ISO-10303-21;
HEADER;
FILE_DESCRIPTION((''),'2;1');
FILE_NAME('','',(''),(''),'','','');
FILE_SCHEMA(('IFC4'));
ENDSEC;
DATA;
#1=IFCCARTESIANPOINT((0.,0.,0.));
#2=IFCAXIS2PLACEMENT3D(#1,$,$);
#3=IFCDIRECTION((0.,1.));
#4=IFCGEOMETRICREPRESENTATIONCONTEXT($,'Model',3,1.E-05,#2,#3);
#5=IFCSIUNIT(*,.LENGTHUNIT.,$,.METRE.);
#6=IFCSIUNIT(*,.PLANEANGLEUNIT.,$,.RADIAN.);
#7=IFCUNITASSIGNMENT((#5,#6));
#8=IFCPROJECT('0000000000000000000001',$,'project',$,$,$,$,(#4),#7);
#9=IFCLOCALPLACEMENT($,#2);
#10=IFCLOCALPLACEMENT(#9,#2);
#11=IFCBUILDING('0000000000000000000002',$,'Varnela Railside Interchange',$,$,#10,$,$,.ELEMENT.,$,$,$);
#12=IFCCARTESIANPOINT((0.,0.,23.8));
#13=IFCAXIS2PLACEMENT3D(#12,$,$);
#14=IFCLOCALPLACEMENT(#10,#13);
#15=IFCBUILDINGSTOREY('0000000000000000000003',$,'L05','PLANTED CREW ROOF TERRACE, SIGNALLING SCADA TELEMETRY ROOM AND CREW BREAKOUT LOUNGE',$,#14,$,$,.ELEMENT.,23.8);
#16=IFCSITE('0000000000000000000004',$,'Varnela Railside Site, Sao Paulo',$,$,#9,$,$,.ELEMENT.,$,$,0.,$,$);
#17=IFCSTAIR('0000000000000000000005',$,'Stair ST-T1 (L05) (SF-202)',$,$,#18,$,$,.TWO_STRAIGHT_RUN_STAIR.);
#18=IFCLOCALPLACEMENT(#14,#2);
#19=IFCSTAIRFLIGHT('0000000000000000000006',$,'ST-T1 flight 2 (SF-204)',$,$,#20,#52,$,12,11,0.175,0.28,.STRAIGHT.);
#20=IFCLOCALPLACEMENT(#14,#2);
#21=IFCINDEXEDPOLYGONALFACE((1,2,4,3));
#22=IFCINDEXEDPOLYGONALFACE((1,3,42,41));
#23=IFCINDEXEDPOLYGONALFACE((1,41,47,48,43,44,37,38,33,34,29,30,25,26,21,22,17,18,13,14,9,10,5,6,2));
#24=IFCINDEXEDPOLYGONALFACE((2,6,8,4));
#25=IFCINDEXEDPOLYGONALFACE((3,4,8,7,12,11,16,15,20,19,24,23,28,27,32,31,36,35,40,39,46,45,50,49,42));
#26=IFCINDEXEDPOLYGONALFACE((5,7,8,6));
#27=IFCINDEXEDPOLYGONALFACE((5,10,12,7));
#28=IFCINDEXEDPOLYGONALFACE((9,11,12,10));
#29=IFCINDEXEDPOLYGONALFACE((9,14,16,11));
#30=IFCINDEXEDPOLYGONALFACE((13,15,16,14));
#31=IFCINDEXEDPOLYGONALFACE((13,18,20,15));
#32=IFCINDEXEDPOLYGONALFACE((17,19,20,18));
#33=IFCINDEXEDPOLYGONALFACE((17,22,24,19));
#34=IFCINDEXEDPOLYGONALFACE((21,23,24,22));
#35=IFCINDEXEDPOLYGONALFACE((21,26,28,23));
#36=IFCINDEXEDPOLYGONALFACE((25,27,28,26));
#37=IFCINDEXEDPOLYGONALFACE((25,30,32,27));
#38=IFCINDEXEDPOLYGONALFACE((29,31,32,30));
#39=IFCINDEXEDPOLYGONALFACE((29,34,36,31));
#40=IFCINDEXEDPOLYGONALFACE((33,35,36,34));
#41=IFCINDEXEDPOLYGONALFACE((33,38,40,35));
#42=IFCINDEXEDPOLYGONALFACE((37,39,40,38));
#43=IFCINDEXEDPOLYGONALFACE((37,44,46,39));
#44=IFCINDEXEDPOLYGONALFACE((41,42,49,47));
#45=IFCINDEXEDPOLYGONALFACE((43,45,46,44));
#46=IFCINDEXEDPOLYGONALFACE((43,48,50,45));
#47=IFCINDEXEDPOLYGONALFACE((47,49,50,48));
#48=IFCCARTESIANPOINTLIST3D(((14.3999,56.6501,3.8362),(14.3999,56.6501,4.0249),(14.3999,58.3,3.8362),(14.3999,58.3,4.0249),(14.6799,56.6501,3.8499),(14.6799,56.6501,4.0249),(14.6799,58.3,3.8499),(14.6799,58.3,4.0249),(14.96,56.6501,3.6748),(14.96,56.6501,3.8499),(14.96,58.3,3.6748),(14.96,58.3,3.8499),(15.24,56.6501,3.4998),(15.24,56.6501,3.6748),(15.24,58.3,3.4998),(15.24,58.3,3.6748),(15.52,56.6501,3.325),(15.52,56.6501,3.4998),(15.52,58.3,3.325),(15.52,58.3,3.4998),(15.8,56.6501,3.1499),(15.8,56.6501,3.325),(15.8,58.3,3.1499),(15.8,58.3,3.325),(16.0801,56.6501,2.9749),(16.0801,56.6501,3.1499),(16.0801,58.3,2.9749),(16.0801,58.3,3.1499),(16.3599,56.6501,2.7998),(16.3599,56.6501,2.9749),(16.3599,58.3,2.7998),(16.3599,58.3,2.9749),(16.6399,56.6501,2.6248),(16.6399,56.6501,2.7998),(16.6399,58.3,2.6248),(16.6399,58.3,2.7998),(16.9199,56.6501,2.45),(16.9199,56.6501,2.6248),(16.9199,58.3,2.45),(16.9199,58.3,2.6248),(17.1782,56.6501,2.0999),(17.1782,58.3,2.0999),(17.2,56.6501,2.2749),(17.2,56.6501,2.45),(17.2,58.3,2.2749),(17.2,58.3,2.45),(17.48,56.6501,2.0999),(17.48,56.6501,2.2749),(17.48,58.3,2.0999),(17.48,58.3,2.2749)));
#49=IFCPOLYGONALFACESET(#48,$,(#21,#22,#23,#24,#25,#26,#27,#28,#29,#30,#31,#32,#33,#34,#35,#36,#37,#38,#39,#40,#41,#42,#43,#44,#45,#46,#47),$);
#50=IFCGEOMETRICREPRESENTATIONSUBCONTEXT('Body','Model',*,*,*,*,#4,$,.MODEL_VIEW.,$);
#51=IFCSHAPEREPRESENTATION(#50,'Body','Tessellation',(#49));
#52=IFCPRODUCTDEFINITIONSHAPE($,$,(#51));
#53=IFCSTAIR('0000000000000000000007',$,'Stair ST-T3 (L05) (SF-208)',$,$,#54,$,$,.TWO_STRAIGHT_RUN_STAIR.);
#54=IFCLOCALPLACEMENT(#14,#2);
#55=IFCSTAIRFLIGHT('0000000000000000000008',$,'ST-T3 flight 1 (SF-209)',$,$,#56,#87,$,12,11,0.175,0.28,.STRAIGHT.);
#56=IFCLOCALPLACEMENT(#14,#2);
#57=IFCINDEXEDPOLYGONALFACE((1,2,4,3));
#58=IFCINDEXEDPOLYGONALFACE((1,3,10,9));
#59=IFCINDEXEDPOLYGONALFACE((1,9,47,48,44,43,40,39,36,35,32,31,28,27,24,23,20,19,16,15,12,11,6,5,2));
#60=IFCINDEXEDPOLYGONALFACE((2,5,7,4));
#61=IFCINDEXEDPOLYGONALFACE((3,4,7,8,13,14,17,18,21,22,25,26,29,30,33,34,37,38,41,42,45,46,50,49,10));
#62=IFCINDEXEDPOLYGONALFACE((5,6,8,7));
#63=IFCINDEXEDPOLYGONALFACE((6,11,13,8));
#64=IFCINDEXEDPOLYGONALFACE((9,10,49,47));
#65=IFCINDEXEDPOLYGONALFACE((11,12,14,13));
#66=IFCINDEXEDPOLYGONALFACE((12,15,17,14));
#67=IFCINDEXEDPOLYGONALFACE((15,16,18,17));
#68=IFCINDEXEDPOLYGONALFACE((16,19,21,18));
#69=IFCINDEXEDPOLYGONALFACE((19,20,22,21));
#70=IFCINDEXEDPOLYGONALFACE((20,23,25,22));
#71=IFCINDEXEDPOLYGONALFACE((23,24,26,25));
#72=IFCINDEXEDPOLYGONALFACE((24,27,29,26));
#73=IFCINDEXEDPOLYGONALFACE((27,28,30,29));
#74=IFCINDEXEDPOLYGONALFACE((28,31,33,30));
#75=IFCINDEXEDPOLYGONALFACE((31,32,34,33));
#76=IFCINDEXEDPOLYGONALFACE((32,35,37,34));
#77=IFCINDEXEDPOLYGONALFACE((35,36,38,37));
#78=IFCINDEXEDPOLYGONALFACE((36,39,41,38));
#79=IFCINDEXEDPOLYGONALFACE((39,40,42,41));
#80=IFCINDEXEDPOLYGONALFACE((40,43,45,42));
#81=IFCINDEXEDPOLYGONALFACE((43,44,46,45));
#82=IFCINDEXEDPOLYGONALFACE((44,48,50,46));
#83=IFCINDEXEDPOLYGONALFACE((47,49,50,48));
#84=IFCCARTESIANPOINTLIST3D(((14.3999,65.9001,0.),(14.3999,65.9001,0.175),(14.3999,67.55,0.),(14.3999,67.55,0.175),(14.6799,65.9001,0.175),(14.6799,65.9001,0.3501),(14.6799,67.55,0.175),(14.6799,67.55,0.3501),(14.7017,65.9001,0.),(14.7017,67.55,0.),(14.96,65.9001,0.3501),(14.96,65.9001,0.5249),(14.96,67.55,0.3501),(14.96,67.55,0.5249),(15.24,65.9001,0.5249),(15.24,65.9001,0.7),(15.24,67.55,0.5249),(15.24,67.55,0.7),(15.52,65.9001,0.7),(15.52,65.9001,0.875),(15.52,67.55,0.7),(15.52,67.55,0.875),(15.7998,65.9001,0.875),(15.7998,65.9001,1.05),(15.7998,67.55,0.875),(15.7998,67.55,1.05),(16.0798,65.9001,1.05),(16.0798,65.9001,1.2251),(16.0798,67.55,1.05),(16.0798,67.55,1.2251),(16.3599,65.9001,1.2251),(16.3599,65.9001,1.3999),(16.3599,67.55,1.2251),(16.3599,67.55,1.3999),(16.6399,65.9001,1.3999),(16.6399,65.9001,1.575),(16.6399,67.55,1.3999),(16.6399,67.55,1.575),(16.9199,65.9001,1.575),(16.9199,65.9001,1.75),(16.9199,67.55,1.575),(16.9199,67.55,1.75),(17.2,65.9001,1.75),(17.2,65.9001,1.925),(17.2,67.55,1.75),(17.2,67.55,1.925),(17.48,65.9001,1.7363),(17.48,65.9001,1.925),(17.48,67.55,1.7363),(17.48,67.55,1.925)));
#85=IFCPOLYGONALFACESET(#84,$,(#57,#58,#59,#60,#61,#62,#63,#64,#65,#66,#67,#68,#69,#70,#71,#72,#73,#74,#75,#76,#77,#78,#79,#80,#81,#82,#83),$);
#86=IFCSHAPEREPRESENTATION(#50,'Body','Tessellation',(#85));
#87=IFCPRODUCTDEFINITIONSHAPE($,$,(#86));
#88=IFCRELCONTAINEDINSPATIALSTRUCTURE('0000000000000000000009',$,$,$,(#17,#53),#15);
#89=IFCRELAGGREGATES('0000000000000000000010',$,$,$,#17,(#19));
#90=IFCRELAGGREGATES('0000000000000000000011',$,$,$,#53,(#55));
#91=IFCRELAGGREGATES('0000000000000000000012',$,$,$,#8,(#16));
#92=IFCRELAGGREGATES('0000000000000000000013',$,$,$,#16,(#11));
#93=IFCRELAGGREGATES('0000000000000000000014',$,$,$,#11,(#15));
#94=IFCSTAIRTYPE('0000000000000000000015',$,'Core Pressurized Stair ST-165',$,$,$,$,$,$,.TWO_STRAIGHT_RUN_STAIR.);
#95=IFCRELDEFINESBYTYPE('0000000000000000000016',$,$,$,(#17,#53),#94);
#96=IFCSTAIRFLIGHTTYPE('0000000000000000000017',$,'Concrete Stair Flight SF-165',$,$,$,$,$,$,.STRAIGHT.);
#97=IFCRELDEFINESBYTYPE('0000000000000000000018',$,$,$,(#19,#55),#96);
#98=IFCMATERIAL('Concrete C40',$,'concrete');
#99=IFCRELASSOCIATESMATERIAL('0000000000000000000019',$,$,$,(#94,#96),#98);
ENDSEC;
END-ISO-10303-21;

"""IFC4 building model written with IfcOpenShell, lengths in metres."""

from ifc_helpers import new_model, si_unit, direction, frame, origin, place, context, subcontext, project, spatial, polyline, outline, extrude, material, type_object, element, aggregate, save


model = new_model("IFC4")

# Units and contexts
model_context = context("Model", 3, precision=1e-05, world=origin(), true_north=direction((0.0, 1.0)))
body_context = subcontext(model_context, "Body", "Model", "MODEL_VIEW")
ifc_project = project(units=[si_unit("LENGTHUNIT", "METRE"), si_unit("PLANEANGLEUNIT", "RADIAN")], contexts=[model_context])

# Site, building, storey
site_placement = place(None, origin())
site = spatial("IfcSite", under=ifc_project, at=site_placement, Name="Varnela Railside Site, Sao Paulo", CompositionType="ELEMENT", RefElevation=0.0)
building_placement = place(site_placement, origin())
building = spatial("IfcBuilding", under=site, at=building_placement, Name="Varnela Railside Interchange", CompositionType="ELEMENT")
storey_placement = place(building_placement, frame((0.0, 0.0, 23.8)))
storey = spatial("IfcBuildingStorey", under=building, at=storey_placement, Name="L05", Description="PLANTED CREW ROOF TERRACE, SIGNALLING SCADA TELEMETRY ROOM AND CREW BREAKOUT LOUNGE", CompositionType="ELEMENT", Elevation=23.8)

# Shared definitions
ifc_material_1 = material(Name="Concrete C40", Category="concrete")

# Stair, stair flight
stair_type = type_object("IfcStairType", Name="Core Pressurized Stair ST-165", PredefinedType="TWO_STRAIGHT_RUN_STAIR", material=ifc_material_1)
stair_1_placement = place(storey_placement, origin())
stair_1 = element("IfcStair", 1, at=stair_1_placement, inside=storey, type_object=stair_type, Name="Stair ST-T1 (L05) (SF-202)", PredefinedType="TWO_STRAIGHT_RUN_STAIR")
stair_flight_type = type_object("IfcStairFlightType", Name="Concrete Stair Flight SF-165", PredefinedType="STRAIGHT", material=ifc_material_1)
stair_flight_1_placement = place(storey_placement, frame((17.48, 57.4751, 2.0999), z_axis=(0.0, 0.0, 1.0), x_axis=(-1.0, 0.0, 0.0)))
stair_flight_1 = element("IfcStairFlight", 2, at=stair_flight_1_placement, type_object=stair_flight_type, Name="ST-T1 flight 2 (SF-204)", NumberOfRisers=12, NumberOfTreads=11, PredefinedType="STRAIGHT", RiserHeight=0.175, TreadLength=0.28, context=body_context, shape_type="SweptSolid", body=[
    extrude(outline(polyline([(0.0, 0.0), (0.0, 0.175), (0.28, 0.175), (0.28, 0.3501), (0.5601, 0.3501), (0.5601, 0.5249), (0.8401, 0.5249), (0.8401, 0.7), (1.1201, 0.7), (1.1201, 0.875), (1.3999, 0.875), (1.3999, 1.05), (1.6799, 1.05), (1.6799, 1.2251), (1.96, 1.2251), (1.96, 1.3999), (2.24, 1.3999), (2.24, 1.575), (2.52, 1.575), (2.52, 1.75), (2.8, 1.75), (2.8, 1.925), (3.0801, 1.925), (3.0801, 2.1001), (3.0801, 1.7363), (0.3018, 0.0), (0.0, 0.0)])), frame((0.0, 0.825, 0.0), z_axis=(0.0, -1.0, 0.0), x_axis=(1.0, 0.0, 0.0)), (0.0, 0.0, 1.0), 1.6499),
])
aggregate(stair_1, [stair_flight_1])

# Stair, stair flight
stair_2_placement = place(storey_placement, origin())
stair_2 = element("IfcStair", 3, at=stair_2_placement, inside=storey, type_object=stair_type, Name="Stair ST-T3 (L05) (SF-208)", PredefinedType="TWO_STRAIGHT_RUN_STAIR")
stair_flight_2_placement = place(storey_placement, frame((14.3999, 66.7251, 0.0), z_axis=(0.0, 0.0, 1.0), x_axis=(1.0, 0.0, 0.0)))
stair_flight_2 = element("IfcStairFlight", 4, at=stair_flight_2_placement, type_object=stair_flight_type, Name="ST-T3 flight 1 (SF-209)", NumberOfRisers=12, NumberOfTreads=11, PredefinedType="STRAIGHT", RiserHeight=0.175, TreadLength=0.28, context=body_context, shape_type="SweptSolid", body=[
    extrude(outline(polyline([(0.0, 0.0), (0.0, 0.175), (0.28, 0.175), (0.28, 0.3501), (0.5601, 0.3501), (0.5601, 0.5249), (0.8401, 0.5249), (0.8401, 0.7), (1.1201, 0.7), (1.1201, 0.875), (1.3999, 0.875), (1.3999, 1.05), (1.6799, 1.05), (1.6799, 1.2251), (1.96, 1.2251), (1.96, 1.3999), (2.24, 1.3999), (2.24, 1.575), (2.52, 1.575), (2.52, 1.75), (2.8, 1.75), (2.8, 1.925), (3.0801, 1.925), (3.0801, 2.1001), (3.0801, 1.7363), (0.3018, 0.0), (0.0, 0.0)])), frame((0.0, 0.825, 0.0), z_axis=(0.0, -1.0, 0.0), x_axis=(1.0, 0.0, 0.0)), (0.0, 0.0, 1.0), 1.6499),
])
aggregate(stair_2, [stair_flight_2])

save(model, "model.ifc")
